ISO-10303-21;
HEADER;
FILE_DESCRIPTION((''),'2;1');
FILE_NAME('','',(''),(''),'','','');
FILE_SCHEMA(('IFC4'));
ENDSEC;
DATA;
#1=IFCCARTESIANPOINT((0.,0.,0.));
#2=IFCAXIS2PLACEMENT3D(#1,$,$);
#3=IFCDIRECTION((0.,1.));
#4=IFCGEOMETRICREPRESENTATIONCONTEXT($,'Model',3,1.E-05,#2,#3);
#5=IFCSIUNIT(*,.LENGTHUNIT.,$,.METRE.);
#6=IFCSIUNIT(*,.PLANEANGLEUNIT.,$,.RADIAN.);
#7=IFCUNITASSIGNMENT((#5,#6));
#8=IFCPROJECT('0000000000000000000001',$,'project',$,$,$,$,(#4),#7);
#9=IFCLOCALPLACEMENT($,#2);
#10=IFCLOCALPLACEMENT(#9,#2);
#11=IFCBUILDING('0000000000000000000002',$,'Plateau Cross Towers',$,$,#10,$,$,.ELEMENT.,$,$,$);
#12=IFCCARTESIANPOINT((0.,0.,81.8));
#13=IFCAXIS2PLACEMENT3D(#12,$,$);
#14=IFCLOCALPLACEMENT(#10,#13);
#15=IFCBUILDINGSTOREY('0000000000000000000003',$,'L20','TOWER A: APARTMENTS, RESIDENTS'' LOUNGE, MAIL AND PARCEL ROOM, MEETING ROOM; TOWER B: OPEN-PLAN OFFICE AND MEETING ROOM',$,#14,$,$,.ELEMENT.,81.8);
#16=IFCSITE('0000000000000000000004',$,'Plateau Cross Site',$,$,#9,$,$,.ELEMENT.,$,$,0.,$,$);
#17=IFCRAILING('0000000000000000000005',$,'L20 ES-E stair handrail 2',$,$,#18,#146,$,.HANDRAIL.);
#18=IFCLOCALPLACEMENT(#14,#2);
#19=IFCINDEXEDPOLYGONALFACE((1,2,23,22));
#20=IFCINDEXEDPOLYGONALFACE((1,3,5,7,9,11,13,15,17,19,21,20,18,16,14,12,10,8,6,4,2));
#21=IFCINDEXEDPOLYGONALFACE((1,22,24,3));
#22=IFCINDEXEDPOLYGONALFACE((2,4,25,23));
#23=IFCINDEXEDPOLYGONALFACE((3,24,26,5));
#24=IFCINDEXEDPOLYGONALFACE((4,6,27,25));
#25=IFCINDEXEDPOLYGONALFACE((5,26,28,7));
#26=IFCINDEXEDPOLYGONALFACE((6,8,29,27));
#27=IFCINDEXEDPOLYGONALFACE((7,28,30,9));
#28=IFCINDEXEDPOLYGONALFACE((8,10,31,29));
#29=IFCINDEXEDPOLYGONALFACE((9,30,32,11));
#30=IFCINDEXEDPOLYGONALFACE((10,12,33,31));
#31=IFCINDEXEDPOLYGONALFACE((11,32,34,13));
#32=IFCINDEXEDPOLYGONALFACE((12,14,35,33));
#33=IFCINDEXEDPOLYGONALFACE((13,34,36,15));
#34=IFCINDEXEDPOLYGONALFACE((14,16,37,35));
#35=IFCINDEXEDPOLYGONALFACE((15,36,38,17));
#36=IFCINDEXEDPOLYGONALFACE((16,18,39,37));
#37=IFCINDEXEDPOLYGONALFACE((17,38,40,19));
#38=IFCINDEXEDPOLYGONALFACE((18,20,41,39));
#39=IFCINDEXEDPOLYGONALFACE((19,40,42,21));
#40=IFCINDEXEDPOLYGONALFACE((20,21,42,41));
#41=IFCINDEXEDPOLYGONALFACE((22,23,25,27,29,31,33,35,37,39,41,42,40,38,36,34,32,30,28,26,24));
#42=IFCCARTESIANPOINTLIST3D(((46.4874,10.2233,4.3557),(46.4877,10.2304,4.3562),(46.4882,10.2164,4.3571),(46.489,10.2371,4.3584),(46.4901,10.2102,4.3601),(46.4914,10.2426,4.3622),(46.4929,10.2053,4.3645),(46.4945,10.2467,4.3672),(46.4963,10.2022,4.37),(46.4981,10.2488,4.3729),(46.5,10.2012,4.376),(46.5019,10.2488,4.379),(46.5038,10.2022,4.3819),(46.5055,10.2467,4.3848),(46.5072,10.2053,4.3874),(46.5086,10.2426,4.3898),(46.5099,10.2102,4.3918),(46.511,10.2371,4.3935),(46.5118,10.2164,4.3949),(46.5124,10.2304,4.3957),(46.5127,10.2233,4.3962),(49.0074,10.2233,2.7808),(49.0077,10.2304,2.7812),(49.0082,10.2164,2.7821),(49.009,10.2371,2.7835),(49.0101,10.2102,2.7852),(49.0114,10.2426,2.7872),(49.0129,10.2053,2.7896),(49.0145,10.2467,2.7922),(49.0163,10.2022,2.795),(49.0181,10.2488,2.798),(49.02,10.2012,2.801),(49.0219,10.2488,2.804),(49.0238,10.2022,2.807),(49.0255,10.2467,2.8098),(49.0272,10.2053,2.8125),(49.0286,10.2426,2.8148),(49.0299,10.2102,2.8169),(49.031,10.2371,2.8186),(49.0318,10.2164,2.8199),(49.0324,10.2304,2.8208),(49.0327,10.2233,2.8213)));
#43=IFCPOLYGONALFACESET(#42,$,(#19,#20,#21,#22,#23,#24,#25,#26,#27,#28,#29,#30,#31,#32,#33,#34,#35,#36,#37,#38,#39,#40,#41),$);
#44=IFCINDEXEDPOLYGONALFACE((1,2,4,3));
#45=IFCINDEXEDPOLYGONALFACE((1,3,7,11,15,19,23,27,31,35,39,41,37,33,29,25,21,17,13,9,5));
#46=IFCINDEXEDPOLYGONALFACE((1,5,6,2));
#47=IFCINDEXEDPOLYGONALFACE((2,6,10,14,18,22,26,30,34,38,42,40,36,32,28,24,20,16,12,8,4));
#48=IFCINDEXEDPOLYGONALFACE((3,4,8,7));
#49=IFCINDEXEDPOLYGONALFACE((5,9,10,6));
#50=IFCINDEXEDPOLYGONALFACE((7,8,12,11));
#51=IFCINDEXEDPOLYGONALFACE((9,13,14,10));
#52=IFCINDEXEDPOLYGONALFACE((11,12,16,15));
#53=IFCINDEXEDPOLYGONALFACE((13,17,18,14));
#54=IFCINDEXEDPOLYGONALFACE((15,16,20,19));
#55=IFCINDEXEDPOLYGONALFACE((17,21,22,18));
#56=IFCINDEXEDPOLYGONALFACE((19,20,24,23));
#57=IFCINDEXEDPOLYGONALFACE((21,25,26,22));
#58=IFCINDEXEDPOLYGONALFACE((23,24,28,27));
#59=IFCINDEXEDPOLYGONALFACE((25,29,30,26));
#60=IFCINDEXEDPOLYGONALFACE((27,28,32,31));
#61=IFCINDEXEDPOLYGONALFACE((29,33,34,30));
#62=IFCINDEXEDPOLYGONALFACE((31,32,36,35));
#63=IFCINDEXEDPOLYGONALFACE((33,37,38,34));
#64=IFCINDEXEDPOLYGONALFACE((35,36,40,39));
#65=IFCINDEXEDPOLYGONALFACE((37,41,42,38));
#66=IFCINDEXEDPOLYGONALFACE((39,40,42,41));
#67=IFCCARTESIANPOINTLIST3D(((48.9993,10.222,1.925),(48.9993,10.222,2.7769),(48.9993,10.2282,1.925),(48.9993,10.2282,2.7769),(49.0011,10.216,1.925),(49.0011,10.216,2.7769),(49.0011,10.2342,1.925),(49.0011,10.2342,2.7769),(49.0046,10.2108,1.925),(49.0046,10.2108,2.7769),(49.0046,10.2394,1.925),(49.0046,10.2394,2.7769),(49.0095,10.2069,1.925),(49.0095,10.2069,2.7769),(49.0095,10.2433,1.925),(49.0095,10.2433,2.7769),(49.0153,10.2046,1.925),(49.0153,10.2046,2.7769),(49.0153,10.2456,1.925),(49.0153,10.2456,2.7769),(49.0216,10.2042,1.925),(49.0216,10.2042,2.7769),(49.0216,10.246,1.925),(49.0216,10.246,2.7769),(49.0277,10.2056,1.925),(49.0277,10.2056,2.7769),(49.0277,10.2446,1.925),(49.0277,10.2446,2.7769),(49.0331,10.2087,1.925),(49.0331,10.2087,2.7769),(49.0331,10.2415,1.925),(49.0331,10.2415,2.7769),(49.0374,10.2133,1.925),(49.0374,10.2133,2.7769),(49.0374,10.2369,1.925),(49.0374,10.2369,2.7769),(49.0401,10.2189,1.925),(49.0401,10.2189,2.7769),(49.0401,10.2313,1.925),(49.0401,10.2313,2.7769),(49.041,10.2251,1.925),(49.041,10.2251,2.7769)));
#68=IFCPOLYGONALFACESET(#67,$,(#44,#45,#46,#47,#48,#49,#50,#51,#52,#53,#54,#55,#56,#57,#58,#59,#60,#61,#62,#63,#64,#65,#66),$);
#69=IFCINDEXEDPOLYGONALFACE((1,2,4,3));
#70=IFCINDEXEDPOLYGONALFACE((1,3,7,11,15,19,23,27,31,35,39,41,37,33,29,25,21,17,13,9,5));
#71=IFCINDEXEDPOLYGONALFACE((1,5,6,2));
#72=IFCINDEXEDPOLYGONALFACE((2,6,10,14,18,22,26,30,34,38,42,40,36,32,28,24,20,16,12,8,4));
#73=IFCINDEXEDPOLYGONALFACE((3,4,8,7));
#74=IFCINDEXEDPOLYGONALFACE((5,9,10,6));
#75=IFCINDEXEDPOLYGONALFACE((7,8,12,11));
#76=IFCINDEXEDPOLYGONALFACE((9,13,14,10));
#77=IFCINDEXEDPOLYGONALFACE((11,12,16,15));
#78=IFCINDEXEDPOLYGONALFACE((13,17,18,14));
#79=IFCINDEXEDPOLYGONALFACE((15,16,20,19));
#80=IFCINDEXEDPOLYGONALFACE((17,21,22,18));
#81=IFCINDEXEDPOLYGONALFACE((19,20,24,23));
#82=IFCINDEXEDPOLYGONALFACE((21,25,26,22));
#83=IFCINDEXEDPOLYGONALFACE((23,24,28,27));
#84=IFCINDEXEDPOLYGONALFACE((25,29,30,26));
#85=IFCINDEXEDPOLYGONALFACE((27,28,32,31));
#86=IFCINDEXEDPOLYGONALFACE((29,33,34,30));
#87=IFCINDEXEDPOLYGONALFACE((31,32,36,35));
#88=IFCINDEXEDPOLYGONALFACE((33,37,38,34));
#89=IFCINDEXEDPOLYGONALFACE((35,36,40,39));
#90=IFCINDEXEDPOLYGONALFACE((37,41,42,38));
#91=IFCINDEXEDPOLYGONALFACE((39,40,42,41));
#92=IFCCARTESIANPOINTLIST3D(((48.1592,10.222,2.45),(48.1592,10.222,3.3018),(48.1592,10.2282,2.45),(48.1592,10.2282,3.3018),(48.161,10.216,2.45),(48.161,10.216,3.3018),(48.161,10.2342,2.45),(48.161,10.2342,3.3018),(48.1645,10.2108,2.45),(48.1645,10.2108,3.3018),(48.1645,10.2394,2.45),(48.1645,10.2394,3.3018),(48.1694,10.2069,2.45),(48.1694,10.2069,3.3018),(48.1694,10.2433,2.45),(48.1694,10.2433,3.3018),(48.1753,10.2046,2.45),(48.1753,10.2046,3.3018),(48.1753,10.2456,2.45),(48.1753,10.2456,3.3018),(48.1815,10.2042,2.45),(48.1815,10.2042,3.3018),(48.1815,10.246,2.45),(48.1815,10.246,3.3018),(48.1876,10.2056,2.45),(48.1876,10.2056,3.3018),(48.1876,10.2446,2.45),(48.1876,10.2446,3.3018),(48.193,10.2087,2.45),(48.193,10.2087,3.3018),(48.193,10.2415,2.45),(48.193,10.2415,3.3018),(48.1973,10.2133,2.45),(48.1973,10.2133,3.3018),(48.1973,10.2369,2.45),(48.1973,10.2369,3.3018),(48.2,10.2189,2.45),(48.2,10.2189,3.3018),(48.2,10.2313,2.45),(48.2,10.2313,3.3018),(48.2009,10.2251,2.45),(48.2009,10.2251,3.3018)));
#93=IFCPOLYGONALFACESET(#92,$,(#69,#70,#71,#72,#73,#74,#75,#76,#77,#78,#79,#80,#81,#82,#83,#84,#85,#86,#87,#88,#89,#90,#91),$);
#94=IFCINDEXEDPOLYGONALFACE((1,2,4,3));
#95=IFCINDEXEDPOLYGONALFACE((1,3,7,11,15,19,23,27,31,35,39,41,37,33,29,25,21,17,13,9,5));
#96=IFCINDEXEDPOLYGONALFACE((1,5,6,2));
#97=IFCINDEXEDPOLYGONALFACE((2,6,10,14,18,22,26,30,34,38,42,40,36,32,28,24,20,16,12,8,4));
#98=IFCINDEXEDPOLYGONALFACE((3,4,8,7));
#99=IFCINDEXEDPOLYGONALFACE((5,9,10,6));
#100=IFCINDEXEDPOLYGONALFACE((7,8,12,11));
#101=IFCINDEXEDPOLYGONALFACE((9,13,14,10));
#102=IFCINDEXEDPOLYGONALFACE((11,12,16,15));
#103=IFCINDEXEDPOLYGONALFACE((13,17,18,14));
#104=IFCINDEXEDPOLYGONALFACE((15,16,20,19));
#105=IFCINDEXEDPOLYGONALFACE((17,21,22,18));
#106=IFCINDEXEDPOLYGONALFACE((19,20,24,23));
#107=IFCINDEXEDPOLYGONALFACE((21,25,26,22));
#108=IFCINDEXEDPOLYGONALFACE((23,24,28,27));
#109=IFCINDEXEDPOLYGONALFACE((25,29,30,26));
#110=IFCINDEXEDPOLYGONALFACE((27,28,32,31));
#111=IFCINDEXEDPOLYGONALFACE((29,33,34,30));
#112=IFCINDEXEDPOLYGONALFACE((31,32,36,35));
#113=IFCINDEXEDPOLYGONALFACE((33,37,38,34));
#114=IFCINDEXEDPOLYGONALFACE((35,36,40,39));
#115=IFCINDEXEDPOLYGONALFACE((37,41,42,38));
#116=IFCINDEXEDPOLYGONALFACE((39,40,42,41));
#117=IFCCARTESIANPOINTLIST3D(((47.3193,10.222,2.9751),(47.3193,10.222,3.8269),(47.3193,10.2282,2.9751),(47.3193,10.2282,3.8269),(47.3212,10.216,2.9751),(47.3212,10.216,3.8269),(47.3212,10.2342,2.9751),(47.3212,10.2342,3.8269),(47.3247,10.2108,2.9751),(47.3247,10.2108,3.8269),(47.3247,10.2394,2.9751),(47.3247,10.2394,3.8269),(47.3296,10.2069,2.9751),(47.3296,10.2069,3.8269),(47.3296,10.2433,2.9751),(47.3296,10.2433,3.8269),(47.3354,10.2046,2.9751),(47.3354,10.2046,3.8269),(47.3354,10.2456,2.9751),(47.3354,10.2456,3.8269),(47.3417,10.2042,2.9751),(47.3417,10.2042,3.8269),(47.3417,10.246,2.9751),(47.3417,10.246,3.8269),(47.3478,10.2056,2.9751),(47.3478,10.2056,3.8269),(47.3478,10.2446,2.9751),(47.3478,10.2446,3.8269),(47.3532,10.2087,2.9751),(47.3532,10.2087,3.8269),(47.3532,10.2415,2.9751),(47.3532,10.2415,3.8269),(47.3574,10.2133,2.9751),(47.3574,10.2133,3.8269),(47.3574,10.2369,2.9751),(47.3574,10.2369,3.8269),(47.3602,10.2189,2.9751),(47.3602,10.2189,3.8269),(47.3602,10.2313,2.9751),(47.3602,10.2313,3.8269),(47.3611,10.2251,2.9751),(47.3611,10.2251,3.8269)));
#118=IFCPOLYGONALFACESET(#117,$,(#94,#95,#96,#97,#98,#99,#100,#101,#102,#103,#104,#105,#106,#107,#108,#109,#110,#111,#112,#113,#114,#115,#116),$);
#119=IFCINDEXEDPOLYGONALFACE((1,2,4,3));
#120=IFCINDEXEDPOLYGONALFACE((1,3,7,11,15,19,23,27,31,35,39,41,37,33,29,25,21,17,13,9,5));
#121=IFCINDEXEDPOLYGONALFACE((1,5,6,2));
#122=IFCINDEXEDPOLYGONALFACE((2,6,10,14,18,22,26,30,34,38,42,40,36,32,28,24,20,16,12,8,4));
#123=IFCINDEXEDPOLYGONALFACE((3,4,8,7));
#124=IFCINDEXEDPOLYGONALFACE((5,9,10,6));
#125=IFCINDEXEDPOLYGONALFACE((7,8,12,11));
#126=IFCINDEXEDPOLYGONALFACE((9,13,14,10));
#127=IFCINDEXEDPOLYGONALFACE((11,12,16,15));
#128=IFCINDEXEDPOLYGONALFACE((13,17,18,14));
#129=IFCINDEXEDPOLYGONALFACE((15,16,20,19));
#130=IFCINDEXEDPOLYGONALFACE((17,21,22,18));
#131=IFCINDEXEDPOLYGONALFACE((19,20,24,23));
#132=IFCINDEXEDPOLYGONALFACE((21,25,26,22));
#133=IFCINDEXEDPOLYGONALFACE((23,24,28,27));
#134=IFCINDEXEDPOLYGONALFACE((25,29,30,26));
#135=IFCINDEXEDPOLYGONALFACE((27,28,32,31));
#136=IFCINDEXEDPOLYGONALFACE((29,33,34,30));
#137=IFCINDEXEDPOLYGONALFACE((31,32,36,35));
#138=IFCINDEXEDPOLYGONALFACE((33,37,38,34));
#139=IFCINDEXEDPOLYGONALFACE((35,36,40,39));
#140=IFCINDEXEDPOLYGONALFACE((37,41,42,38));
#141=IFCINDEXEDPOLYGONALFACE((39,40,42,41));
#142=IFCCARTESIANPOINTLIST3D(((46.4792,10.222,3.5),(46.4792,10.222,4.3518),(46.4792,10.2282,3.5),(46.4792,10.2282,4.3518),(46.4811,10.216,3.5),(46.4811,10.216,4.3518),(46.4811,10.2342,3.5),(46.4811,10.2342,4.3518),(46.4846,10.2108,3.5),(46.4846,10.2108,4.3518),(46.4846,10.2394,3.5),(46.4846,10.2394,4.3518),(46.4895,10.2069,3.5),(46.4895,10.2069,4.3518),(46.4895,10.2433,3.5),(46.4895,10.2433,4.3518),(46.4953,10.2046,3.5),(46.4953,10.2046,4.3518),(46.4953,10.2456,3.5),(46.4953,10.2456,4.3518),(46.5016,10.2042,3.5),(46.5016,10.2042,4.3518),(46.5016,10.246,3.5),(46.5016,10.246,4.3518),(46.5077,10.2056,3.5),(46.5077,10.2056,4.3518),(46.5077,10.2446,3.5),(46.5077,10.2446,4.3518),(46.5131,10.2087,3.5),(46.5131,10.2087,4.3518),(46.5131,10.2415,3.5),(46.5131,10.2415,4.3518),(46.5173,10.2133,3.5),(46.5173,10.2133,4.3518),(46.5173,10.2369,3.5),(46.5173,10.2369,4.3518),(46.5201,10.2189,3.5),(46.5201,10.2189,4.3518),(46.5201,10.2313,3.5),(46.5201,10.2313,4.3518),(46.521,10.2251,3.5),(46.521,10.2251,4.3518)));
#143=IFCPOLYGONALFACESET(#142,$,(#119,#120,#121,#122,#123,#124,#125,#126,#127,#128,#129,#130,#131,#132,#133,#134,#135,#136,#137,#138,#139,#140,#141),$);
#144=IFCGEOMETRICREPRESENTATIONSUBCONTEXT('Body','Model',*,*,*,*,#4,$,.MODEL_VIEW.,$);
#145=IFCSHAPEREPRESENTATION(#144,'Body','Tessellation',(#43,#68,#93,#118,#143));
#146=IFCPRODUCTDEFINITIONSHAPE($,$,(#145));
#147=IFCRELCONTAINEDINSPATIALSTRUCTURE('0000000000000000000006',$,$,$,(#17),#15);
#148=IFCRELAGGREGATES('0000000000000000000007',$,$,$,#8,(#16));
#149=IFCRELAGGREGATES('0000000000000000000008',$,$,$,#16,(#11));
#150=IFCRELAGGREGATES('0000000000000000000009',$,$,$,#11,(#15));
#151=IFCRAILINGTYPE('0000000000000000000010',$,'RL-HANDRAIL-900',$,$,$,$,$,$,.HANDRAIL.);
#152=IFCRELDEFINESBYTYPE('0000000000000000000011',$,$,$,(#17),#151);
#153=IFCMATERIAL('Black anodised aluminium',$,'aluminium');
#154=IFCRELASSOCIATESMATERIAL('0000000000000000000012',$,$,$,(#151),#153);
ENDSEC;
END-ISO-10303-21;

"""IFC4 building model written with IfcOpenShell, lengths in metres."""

from ifc_helpers import new_model, si_unit, direction, frame, origin, origin_2d, place, context, subcontext, project, spatial, circle, extrude, material, type_object, element, save


model = new_model("IFC4")

# Units and contexts
model_context = context("Model", 3, precision=1e-05, world=origin(), true_north=direction((0.0, 1.0)))
body_context = subcontext(model_context, "Body", "Model", "MODEL_VIEW")
ifc_project = project(units=[si_unit("LENGTHUNIT", "METRE"), si_unit("PLANEANGLEUNIT", "RADIAN")], contexts=[model_context])

# Site, building, storey
site_placement = place(None, origin())
site = spatial("IfcSite", under=ifc_project, at=site_placement, Name="Plateau Cross Site", CompositionType="ELEMENT", RefElevation=0.0)
building_placement = place(site_placement, origin())
building = spatial("IfcBuilding", under=site, at=building_placement, Name="Plateau Cross Towers", CompositionType="ELEMENT")
storey_placement = place(building_placement, frame((0.0, 0.0, 81.8)))
storey = spatial("IfcBuildingStorey", under=building, at=storey_placement, Name="L20", Description="TOWER A: APARTMENTS, RESIDENTS' LOUNGE, MAIL AND PARCEL ROOM, MEETING ROOM; TOWER B: OPEN-PLAN OFFICE AND MEETING ROOM", CompositionType="ELEMENT", Elevation=81.8)

# Shared definitions
ifc_material_1 = material(Name="Black anodised aluminium", Category="aluminium")

# Railing
railing_type_1 = type_object("IfcRailingType", Name="RL-HANDRAIL-900", PredefinedType="HANDRAIL", material=ifc_material_1)
railing_1_placement = place(storey_placement, frame((49.02, 10.2251, 1.925)))
element("IfcRailing", 1, at=railing_1_placement, inside=storey, type_object=railing_type_1, Name="L20 ES-E stair handrail 2", PredefinedType="HANDRAIL", context=body_context, shape_type="SweptSolid", body=[
    extrude(circle(Radius=0.0239, at=origin_2d()), frame((0.0, 0.0, 0.876), z_axis=(-0.848008, 0.0, 0.529984), x_axis=(0.0, -1.0, 0.0)), (0.0, 0.0, 1.0), 2.9717),
    extrude(circle(Radius=0.021, at=origin_2d()), origin(), (0.0, 0.0, 1.0), 0.8518),
    extrude(circle(Radius=0.021, at=origin_2d()), frame((-0.8401, 0.0, 0.5249)), (0.0, 0.0, 1.0), 0.8518),
    extrude(circle(Radius=0.021, at=origin_2d()), frame((-1.6799, 0.0, 1.05)), (0.0, 0.0, 1.0), 0.8518),
    extrude(circle(Radius=0.021, at=origin_2d()), frame((-2.52, 0.0, 1.575)), (0.0, 0.0, 1.0), 0.8518),
])

save(model, "model.ifc")
